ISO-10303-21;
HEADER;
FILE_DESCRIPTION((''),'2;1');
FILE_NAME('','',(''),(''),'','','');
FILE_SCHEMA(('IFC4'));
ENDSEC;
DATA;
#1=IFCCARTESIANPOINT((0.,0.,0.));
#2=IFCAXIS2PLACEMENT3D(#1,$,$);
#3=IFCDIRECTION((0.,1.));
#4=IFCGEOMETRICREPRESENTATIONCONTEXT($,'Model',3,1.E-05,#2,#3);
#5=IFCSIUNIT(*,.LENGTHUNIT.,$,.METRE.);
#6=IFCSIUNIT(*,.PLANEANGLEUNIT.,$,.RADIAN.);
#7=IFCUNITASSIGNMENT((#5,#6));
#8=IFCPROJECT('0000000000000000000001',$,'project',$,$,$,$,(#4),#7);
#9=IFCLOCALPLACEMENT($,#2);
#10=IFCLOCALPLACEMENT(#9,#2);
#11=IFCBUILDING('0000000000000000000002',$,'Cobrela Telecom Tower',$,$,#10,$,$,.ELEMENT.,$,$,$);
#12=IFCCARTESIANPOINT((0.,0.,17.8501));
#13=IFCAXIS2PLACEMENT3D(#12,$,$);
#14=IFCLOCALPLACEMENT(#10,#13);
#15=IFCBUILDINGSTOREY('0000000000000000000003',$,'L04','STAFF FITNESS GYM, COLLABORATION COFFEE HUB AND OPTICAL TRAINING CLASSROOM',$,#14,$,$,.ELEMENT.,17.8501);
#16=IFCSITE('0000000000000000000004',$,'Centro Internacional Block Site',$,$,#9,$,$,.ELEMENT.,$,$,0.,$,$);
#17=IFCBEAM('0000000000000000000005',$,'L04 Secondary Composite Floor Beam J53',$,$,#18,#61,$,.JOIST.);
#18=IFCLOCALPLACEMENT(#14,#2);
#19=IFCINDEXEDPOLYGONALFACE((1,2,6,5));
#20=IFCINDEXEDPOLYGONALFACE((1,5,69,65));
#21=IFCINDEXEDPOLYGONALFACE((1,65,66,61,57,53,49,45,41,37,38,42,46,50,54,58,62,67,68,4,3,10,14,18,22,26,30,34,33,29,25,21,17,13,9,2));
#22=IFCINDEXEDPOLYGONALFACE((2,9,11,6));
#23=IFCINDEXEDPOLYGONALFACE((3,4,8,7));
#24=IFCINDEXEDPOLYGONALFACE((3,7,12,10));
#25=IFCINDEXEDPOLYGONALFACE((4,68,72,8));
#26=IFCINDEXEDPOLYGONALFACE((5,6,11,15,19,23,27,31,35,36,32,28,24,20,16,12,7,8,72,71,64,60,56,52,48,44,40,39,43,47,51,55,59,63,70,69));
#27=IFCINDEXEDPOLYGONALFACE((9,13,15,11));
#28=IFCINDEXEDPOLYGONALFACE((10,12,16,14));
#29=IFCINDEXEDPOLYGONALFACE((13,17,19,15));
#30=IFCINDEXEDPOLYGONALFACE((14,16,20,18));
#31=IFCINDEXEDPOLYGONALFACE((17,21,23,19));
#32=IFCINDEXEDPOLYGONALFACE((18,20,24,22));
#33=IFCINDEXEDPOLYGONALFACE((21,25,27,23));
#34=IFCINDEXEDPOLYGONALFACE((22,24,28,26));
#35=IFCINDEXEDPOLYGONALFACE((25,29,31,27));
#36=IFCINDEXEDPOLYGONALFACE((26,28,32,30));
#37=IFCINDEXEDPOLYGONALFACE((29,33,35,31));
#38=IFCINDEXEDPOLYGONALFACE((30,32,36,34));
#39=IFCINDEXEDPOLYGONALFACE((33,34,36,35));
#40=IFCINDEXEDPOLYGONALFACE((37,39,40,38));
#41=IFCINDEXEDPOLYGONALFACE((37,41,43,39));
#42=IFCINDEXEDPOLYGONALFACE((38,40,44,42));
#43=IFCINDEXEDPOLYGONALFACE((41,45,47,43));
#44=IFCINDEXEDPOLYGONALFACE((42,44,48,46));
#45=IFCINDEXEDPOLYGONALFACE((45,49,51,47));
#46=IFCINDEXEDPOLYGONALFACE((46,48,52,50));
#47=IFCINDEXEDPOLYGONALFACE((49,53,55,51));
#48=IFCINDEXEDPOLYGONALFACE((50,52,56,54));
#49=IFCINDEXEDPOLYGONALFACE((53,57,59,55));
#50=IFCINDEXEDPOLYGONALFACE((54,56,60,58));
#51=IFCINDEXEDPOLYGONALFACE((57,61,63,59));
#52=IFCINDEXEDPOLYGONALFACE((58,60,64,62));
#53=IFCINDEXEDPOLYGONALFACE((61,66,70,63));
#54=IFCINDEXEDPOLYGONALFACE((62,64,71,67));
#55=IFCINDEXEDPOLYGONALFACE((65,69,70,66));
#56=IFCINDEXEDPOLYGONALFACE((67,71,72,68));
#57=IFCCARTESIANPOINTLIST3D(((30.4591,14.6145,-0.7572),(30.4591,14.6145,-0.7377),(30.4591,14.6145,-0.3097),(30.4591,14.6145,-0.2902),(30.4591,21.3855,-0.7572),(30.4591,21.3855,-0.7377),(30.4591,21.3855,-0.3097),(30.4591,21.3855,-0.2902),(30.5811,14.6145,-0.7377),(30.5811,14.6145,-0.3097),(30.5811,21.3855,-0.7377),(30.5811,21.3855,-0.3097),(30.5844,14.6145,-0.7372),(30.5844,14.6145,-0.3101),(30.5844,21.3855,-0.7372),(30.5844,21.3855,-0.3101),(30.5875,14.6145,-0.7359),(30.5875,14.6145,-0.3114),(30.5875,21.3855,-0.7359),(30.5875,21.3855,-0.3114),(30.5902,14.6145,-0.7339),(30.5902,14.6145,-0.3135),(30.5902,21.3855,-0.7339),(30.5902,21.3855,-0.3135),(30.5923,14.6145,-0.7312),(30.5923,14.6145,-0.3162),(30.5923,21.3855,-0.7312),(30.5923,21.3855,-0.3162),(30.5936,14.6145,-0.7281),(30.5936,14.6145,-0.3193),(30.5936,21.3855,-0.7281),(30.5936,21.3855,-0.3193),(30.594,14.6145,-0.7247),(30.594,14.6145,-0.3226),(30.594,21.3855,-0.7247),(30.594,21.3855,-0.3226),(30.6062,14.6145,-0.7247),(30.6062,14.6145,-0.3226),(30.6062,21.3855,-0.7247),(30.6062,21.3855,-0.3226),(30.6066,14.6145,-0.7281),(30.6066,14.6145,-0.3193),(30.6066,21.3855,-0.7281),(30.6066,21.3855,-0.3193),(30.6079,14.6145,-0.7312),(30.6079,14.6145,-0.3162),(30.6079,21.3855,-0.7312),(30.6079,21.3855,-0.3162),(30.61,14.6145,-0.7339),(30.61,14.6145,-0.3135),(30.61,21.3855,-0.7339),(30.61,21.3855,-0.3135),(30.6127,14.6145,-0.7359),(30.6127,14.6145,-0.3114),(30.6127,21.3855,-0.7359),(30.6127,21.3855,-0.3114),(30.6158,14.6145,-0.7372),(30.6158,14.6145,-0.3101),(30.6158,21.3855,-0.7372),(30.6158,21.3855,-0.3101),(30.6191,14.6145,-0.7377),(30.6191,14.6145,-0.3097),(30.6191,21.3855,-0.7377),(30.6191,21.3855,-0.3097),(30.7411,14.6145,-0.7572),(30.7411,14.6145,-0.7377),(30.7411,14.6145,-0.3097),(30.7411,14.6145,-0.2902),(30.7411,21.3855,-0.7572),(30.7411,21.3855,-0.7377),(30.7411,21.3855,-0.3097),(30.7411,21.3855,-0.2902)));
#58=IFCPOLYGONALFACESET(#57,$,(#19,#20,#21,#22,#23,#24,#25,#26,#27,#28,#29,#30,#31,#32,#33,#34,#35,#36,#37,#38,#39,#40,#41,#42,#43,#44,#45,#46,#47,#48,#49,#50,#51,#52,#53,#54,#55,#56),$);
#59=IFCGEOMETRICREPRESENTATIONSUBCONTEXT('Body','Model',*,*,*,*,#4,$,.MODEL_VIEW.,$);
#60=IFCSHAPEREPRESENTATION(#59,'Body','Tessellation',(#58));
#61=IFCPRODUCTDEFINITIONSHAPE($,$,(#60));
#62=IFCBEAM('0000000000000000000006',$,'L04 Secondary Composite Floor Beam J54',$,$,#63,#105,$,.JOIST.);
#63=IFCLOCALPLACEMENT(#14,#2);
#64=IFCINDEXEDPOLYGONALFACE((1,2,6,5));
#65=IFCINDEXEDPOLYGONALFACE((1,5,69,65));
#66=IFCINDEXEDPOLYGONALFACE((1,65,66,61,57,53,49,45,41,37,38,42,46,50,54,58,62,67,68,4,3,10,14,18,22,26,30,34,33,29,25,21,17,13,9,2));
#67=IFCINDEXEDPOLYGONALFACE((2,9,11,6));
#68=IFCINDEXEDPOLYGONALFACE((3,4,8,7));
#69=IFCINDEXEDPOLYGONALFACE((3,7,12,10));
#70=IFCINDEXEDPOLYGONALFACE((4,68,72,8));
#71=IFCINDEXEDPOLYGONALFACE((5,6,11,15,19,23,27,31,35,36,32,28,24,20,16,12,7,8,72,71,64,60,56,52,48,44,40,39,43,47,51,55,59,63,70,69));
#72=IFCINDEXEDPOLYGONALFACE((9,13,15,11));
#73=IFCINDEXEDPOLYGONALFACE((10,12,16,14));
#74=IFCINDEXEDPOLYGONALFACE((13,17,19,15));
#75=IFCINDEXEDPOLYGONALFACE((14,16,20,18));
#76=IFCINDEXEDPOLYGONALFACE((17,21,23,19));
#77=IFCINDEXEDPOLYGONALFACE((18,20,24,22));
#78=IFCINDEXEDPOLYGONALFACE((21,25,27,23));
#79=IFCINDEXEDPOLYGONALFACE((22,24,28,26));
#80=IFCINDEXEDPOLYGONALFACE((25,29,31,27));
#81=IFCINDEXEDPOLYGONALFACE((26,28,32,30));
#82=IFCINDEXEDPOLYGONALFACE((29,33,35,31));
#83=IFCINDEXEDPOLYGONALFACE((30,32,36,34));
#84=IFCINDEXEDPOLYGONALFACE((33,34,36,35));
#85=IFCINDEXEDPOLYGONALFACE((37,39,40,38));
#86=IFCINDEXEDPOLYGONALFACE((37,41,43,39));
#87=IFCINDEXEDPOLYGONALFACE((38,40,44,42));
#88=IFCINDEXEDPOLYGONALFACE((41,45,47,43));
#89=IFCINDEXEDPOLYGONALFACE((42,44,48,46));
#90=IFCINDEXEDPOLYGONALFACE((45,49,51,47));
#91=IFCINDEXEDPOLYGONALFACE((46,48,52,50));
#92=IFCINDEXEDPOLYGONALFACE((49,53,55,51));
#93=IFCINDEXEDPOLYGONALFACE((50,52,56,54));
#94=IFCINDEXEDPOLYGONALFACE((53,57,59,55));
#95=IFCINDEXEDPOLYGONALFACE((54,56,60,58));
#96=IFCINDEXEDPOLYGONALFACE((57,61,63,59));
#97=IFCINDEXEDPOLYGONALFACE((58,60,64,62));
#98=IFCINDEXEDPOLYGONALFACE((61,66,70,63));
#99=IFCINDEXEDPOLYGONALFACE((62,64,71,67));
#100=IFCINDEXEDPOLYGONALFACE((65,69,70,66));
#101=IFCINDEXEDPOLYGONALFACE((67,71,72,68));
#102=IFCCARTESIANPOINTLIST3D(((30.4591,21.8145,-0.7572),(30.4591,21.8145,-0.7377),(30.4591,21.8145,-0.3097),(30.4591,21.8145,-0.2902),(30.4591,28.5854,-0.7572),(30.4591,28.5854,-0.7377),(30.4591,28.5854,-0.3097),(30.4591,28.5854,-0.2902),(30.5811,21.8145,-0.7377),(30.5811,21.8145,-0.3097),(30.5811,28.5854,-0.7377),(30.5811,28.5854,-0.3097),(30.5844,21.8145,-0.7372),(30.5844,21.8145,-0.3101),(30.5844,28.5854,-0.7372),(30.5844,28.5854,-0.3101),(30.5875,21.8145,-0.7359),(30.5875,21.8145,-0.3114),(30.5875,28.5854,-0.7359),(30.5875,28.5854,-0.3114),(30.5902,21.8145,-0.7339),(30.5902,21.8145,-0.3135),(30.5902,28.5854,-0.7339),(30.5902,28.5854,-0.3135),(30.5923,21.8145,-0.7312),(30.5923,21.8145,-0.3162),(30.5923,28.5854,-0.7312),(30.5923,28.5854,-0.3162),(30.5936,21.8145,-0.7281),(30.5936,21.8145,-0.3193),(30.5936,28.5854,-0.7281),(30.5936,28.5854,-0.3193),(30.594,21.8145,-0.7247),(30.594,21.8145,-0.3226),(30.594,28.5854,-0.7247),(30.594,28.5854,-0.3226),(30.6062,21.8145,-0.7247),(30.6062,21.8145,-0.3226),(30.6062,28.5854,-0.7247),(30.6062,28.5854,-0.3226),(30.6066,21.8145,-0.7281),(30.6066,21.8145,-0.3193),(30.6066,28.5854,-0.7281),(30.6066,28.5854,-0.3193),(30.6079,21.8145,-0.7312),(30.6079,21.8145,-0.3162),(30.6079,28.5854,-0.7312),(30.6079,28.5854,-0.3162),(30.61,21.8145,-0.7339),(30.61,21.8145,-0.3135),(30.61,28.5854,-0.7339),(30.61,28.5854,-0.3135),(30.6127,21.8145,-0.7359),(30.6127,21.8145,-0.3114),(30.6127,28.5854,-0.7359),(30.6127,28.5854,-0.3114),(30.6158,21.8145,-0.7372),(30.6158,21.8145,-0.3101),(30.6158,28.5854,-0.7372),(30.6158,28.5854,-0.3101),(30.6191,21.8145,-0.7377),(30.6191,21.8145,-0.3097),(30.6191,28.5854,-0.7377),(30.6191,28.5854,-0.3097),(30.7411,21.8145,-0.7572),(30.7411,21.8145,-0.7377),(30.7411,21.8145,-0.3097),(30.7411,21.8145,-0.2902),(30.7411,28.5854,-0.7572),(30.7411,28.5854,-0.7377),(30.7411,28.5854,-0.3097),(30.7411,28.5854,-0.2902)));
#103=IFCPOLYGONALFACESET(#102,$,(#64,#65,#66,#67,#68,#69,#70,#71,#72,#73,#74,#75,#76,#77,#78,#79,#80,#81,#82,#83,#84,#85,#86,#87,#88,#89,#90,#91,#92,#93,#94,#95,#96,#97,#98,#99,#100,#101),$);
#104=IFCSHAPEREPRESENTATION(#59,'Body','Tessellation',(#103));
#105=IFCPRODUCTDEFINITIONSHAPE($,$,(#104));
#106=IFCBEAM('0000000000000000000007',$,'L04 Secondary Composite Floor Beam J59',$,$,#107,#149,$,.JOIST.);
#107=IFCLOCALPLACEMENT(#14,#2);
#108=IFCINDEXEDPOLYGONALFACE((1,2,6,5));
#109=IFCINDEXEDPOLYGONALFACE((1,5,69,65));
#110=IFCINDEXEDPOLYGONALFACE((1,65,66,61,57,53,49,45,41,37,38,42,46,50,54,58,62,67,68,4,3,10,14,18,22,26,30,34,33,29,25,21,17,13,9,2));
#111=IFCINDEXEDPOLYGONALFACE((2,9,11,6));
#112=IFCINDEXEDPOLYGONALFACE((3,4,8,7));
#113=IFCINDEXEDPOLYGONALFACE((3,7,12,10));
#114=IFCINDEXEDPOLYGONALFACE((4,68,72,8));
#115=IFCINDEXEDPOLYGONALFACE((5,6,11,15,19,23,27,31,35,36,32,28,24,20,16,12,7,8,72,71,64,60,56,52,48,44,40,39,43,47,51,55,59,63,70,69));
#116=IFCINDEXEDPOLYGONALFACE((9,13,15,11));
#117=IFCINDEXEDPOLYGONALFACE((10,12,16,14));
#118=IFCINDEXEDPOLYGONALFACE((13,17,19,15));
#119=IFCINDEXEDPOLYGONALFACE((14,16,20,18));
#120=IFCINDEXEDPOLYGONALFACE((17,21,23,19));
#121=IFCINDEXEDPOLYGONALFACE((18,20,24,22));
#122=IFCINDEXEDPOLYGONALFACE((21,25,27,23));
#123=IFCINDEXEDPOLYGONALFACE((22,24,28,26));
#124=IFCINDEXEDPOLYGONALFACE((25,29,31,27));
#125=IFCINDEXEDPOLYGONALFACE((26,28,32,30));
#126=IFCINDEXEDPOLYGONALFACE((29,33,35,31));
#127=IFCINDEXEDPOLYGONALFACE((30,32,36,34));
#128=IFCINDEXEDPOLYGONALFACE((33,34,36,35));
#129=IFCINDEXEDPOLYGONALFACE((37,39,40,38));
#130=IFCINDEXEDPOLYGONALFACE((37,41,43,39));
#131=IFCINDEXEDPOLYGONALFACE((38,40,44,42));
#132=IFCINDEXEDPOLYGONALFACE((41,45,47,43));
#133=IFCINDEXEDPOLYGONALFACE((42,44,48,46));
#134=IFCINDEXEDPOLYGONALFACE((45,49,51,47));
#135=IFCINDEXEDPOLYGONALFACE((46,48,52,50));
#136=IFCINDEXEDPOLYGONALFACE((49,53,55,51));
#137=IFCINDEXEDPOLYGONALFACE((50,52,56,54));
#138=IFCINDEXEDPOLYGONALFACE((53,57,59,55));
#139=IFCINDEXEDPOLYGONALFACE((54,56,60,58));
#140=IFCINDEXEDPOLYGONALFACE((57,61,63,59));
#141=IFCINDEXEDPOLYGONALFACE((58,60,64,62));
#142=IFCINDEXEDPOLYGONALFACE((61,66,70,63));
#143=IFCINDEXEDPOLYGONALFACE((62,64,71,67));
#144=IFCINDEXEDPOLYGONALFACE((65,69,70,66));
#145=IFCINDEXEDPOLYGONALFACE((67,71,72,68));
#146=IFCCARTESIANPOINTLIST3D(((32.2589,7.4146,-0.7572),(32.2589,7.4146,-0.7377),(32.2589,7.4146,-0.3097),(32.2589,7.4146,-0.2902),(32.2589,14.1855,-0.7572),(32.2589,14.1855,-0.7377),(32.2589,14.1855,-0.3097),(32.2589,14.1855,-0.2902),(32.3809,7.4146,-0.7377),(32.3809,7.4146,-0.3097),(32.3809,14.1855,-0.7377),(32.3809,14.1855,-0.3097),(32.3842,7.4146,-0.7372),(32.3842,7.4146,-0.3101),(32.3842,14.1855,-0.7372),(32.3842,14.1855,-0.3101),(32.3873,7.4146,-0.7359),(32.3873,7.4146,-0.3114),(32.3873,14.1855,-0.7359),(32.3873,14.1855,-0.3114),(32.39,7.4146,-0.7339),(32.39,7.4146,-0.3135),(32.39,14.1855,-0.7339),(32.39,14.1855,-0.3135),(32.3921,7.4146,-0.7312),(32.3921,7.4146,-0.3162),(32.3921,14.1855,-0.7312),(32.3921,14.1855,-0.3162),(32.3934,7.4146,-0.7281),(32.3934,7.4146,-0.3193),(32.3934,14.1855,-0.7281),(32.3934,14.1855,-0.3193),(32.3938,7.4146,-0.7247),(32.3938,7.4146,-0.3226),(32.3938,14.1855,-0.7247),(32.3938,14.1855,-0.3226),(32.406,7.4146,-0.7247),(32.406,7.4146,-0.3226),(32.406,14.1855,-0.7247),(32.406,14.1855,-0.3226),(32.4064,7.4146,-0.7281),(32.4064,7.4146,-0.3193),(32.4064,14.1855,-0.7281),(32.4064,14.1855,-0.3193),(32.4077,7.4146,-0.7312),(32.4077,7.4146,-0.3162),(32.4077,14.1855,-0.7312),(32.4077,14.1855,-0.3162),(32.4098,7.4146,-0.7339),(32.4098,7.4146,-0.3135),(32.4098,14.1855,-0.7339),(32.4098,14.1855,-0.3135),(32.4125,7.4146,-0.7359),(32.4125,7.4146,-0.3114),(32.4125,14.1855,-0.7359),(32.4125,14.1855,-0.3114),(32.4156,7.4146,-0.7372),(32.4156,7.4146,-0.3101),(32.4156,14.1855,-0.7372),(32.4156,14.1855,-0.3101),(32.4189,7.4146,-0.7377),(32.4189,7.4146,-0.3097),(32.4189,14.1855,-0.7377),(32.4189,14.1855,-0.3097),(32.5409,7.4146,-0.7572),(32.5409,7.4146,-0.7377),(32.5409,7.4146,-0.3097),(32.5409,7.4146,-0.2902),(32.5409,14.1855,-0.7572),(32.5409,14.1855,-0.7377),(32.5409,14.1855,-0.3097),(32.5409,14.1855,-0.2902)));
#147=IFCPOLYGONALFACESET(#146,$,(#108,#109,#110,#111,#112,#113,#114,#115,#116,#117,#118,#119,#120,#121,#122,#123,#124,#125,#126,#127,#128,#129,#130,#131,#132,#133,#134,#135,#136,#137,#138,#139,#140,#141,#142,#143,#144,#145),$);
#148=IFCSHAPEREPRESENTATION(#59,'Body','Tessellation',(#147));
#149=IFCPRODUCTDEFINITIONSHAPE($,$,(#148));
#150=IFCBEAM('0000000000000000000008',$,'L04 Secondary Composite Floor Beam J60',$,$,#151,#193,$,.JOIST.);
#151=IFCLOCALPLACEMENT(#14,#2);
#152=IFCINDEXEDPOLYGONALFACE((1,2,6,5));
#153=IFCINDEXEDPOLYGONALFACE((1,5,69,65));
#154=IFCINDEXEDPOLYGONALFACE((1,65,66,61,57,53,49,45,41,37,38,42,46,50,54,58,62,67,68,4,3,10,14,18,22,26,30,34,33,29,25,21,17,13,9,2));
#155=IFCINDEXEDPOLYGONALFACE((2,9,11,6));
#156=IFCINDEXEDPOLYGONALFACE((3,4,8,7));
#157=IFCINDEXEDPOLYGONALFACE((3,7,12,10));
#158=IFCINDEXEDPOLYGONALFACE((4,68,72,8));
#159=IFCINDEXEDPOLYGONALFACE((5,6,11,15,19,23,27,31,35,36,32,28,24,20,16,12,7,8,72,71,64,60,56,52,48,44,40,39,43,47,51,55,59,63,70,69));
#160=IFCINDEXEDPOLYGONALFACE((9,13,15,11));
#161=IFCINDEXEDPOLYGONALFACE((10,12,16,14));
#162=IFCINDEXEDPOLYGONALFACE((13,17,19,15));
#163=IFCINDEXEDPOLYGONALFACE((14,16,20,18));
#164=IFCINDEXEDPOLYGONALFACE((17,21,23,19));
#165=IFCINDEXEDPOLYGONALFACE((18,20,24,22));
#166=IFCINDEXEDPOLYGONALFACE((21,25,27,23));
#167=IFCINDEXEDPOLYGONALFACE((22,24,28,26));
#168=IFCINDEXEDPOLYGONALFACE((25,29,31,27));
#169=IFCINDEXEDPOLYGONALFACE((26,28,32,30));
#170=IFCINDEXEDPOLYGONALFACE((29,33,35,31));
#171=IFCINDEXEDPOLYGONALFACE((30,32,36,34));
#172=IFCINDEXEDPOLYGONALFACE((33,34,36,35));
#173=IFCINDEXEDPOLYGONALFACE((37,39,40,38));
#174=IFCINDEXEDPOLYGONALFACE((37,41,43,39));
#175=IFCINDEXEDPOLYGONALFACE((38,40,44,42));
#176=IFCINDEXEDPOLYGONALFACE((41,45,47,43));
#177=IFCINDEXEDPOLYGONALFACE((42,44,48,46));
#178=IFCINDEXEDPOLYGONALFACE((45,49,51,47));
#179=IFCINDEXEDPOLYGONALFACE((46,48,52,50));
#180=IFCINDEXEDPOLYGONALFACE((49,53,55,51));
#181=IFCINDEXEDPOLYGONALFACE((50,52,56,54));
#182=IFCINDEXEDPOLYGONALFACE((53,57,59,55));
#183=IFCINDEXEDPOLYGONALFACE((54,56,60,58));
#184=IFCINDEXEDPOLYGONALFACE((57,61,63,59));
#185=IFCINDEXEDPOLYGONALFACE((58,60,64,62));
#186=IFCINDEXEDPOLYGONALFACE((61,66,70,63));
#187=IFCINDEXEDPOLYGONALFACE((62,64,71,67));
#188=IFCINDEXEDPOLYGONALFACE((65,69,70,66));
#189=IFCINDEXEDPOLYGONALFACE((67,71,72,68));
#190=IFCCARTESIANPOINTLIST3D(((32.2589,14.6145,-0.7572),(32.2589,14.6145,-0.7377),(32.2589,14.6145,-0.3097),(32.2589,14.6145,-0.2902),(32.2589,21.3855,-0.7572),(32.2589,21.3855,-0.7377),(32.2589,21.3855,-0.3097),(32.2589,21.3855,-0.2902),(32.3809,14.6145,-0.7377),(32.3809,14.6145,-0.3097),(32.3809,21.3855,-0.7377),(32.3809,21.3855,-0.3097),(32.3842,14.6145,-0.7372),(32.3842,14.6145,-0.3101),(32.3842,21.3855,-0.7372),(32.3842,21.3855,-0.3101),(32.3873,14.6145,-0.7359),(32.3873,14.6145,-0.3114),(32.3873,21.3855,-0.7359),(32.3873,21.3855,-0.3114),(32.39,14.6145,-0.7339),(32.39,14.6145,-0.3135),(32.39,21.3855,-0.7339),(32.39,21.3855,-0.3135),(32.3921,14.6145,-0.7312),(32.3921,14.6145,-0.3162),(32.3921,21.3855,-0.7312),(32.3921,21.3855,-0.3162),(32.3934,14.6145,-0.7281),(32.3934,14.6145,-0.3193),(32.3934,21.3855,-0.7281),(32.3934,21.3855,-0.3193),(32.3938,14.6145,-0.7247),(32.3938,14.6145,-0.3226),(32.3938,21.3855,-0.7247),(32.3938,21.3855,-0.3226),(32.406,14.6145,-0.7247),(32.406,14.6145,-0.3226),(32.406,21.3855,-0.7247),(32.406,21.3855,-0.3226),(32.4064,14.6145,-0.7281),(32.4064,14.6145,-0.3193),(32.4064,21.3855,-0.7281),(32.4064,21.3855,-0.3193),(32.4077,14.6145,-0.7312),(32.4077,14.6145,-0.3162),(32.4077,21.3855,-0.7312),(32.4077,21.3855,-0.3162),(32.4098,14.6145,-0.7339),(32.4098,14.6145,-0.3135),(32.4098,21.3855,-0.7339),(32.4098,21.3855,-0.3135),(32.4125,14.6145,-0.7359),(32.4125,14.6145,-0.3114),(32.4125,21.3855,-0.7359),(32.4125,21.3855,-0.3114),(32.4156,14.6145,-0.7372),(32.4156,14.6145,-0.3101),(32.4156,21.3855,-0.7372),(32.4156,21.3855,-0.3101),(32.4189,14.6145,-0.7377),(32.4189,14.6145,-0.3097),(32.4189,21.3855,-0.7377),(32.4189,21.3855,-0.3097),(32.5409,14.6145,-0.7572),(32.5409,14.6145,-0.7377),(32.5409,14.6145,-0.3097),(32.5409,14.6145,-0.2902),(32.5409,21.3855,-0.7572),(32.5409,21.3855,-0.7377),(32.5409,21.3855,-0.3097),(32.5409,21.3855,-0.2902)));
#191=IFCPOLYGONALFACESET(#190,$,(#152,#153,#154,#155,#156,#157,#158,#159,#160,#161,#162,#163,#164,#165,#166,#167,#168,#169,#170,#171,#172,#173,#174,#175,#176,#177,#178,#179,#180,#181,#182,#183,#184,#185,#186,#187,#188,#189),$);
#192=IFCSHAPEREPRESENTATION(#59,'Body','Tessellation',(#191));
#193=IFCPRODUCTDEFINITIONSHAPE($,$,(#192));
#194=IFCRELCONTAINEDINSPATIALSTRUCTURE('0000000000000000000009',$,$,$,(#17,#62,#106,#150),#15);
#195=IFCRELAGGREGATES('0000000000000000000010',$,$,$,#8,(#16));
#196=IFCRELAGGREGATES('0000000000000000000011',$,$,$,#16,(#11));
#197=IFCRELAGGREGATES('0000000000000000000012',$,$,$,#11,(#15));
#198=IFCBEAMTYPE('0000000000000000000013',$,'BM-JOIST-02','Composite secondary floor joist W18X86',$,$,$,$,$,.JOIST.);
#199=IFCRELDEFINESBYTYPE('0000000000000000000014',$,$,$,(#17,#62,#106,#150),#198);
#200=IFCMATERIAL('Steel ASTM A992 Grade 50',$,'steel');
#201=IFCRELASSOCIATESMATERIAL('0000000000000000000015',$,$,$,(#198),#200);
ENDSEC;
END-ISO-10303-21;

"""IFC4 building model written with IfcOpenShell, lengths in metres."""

from ifc_helpers import new_model, si_unit, direction, frame, origin, origin_2d, place, context, subcontext, project, spatial, i_section, extrude, material, material_profile, profile_set, type_object, element, save


model = new_model("IFC4")

# Units and contexts
model_context = context("Model", 3, precision=1e-05, world=origin(), true_north=direction((0.0, 1.0)))
body_context = subcontext(model_context, "Body", "Model", "MODEL_VIEW")
ifc_project = project(units=[si_unit("LENGTHUNIT", "METRE"), si_unit("PLANEANGLEUNIT", "RADIAN")], contexts=[model_context])

# Site, building, storey
site_placement = place(None, origin())
site = spatial("IfcSite", under=ifc_project, at=site_placement, Name="Centro Internacional Block Site", CompositionType="ELEMENT", RefElevation=0.0)
building_placement = place(site_placement, origin())
building = spatial("IfcBuilding", under=site, at=building_placement, Name="Cobrela Telecom Tower", CompositionType="ELEMENT")
storey_placement = place(building_placement, frame((0.0, 0.0, 17.8501)))
storey = spatial("IfcBuildingStorey", under=building, at=storey_placement, Name="L04", Description="STAFF FITNESS GYM, COLLABORATION COFFEE HUB AND OPTICAL TRAINING CLASSROOM", CompositionType="ELEMENT", Elevation=17.8501)

# Beams
ifc_material_1 = material(Name="Steel ASTM A992 Grade 50", Category="steel")
ifc_material_profile_1 = material_profile(ifc_material_1, i_section(OverallWidth=0.282, OverallDepth=0.467, WebThickness=0.0122, FlangeThickness=0.0195, FilletRadius=0.0129, at=origin_2d()), Name="W18X86")
ifc_profile_set_1 = profile_set([ifc_material_profile_1], Name="Steel ASTM A992 Grade 50")
beam_type_1 = type_object("IfcBeamType", Name="BM-JOIST-02", Description="Composite secondary floor joist W18X86", PredefinedType="JOIST", material=ifc_profile_set_1)
for number, where, z_axis, x_axis, name in (
    (1, (30.6001, 14.6145, -0.5237), (0.0, 1.0, 0.0), (-1.0, 0.0, 0.0), "L04 Secondary Composite Floor Beam J53"),
    (2, (30.6001, 21.8145, -0.5237), (0.0, 1.0, 0.0), (-1.0, 0.0, 0.0), "L04 Secondary Composite Floor Beam J54"),
    (3, (32.3999, 7.4146, -0.5237), (0.0, 1.0, 0.0), (-1.0, 0.0, 0.0), "L04 Secondary Composite Floor Beam J59"),
    (4, (32.3999, 14.6145, -0.5237), (0.0, 1.0, 0.0), (-1.0, 0.0, 0.0), "L04 Secondary Composite Floor Beam J60"),
):
    element("IfcBeam", number, at=place(storey_placement, frame(where, z_axis=z_axis, x_axis=x_axis)), inside=storey, type_object=beam_type_1, Name=name, PredefinedType="JOIST", context=body_context, shape_type="SweptSolid", body=[
        extrude(i_section(OverallWidth=0.282, OverallDepth=0.467, WebThickness=0.0122, FlangeThickness=0.0195, FilletRadius=0.0129, at=origin_2d()), origin(), (0.0, 0.0, 1.0), 6.771),
    ])

save(model, "model.ifc")
